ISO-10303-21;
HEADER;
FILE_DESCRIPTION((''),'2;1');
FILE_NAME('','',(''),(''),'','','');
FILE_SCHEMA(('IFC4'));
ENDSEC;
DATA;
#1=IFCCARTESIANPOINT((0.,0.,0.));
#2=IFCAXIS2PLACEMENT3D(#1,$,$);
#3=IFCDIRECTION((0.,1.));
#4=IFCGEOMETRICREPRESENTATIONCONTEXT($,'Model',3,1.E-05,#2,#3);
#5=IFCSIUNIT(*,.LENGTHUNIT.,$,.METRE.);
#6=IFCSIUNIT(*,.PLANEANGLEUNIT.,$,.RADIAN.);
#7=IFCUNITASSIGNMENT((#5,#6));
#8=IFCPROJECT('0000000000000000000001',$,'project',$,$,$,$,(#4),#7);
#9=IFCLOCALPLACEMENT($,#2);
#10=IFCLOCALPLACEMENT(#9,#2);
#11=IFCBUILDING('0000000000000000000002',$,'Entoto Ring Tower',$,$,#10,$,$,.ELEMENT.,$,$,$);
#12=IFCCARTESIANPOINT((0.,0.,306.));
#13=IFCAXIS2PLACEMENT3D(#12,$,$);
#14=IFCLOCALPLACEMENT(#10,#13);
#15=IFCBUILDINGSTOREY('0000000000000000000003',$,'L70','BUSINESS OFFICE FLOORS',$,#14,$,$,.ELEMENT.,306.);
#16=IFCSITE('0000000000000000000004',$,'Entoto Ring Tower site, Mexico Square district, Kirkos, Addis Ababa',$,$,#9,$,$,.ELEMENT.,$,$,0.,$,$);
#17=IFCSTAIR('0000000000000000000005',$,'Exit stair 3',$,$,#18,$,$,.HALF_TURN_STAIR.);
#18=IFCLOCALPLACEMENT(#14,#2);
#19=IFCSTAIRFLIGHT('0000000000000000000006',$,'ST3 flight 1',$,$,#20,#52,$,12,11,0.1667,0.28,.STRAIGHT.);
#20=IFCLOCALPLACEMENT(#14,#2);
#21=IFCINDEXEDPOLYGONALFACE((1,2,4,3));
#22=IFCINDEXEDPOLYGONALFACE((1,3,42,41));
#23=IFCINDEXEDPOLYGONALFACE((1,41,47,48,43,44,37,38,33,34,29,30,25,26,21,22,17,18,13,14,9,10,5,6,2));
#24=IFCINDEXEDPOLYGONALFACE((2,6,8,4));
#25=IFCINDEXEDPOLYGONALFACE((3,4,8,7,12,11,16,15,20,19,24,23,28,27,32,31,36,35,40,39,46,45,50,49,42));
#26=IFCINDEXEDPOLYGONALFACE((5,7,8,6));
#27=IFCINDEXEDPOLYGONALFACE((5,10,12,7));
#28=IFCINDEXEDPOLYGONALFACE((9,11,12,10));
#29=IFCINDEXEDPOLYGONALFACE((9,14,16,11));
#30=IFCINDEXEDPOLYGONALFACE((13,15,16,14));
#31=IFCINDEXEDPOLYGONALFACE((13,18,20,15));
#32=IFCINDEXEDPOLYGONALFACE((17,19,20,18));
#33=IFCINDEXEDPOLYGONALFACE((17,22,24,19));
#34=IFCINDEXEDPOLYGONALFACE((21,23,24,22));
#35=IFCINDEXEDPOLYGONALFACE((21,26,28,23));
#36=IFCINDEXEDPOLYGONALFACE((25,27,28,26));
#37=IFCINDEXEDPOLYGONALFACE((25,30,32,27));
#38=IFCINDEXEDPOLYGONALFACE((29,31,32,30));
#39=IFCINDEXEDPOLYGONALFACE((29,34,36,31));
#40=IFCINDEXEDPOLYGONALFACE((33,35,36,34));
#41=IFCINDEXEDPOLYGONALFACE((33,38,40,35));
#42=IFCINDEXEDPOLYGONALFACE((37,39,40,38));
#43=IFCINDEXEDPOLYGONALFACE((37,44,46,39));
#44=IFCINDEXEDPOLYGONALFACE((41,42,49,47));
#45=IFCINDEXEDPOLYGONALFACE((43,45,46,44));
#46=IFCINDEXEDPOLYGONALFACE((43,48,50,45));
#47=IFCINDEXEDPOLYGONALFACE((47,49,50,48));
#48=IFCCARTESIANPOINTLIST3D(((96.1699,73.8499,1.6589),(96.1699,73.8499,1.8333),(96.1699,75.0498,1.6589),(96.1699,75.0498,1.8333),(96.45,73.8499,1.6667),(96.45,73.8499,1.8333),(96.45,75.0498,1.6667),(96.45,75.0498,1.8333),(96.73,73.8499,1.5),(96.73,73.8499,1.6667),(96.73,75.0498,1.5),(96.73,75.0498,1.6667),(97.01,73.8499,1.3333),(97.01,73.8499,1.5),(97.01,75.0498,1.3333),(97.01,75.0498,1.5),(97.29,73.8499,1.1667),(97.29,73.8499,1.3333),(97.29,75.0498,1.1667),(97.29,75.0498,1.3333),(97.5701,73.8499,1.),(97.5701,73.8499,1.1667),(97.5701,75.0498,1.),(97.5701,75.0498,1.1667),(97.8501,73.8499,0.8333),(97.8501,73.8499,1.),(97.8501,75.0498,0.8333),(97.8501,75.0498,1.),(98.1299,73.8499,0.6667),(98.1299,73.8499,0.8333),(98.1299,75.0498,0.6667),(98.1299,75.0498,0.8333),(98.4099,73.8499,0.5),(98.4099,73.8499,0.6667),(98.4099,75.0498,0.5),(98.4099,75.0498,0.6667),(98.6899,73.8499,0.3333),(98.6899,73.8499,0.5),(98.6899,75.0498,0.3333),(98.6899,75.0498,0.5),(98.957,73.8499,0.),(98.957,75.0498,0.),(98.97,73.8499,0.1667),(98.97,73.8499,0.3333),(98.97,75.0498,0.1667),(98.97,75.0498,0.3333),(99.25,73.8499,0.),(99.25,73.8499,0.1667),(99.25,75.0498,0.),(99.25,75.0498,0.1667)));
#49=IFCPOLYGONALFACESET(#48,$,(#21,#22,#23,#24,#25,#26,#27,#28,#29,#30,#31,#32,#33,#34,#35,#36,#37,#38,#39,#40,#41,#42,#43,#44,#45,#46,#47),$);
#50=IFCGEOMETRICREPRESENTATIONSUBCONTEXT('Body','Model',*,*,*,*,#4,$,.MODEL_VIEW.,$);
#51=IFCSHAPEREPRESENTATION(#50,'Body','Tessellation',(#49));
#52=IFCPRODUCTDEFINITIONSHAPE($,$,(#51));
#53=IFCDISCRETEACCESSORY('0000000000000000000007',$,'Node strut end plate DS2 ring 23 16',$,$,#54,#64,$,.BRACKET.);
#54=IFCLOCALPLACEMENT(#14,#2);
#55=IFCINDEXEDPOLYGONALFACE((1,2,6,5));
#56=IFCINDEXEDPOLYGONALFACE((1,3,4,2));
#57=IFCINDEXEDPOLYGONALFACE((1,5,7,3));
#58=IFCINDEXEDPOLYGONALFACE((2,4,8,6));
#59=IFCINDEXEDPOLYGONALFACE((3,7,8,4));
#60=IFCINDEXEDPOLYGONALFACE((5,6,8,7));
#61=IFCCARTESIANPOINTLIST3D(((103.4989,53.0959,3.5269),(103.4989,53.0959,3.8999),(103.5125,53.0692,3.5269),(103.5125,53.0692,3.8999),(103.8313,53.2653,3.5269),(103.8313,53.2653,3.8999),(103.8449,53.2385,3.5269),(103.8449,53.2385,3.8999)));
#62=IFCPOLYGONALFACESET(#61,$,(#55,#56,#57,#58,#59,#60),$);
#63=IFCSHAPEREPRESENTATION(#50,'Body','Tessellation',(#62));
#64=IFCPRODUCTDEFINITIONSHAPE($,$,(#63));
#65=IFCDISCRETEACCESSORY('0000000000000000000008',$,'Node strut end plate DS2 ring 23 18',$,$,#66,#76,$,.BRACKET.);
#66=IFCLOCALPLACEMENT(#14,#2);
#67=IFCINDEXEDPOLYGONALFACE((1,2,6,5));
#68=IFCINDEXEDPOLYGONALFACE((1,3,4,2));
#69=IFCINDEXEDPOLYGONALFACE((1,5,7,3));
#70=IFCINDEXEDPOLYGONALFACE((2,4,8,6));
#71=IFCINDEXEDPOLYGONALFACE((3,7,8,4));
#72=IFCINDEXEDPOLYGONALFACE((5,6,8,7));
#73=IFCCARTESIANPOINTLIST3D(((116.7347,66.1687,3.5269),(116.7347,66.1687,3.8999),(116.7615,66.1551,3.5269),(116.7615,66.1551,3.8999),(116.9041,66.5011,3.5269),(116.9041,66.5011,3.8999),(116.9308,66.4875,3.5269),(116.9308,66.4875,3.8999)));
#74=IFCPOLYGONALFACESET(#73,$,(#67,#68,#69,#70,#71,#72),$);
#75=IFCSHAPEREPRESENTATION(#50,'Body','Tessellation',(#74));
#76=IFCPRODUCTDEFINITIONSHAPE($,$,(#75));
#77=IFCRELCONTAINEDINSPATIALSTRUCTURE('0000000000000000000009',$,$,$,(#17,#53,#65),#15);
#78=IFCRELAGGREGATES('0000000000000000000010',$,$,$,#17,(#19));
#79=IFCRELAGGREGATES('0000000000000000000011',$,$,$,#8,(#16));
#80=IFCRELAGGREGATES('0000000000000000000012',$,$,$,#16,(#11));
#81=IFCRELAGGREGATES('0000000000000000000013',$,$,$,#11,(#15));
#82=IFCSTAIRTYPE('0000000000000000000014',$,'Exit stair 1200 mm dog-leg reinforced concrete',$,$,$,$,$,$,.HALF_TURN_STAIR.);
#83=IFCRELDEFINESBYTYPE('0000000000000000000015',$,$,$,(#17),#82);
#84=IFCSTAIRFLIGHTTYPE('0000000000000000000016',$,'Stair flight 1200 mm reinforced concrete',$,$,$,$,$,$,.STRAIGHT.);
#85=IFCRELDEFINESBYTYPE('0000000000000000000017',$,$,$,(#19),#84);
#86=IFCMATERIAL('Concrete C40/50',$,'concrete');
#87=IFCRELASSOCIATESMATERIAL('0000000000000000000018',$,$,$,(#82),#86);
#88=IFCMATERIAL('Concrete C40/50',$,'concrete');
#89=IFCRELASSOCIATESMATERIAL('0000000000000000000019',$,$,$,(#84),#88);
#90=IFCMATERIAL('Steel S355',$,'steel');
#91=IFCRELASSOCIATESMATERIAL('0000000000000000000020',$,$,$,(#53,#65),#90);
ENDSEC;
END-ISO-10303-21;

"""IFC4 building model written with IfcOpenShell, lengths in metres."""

from ifc_helpers import new_model, si_unit, direction, frame, origin, origin_2d, place, context, subcontext, project, spatial, polyline, rectangle, outline, extrude, material, type_object, element, aggregate, save


model = new_model("IFC4")

# Units and contexts
model_context = context("Model", 3, precision=1e-05, world=origin(), true_north=direction((0.0, 1.0)))
body_context = subcontext(model_context, "Body", "Model", "MODEL_VIEW")
ifc_project = project(units=[si_unit("LENGTHUNIT", "METRE"), si_unit("PLANEANGLEUNIT", "RADIAN")], contexts=[model_context])

# Site, building, storey
site_placement = place(None, origin())
site = spatial("IfcSite", under=ifc_project, at=site_placement, Name="Entoto Ring Tower site, Mexico Square district, Kirkos, Addis Ababa", CompositionType="ELEMENT", RefElevation=0.0)
building_placement = place(site_placement, origin())
building = spatial("IfcBuilding", under=site, at=building_placement, Name="Entoto Ring Tower", CompositionType="ELEMENT")
storey_placement = place(building_placement, frame((0.0, 0.0, 306.0)))
storey = spatial("IfcBuildingStorey", under=building, at=storey_placement, Name="L70", Description="BUSINESS OFFICE FLOORS", CompositionType="ELEMENT", Elevation=306.0)

# Stair, stair flight
ifc_material_1 = material(Name="Concrete C40/50", Category="concrete")
stair_type = type_object("IfcStairType", Name="Exit stair 1200 mm dog-leg reinforced concrete", PredefinedType="HALF_TURN_STAIR", material=ifc_material_1)
stair_placement = place(storey_placement, origin())
stair = element("IfcStair", 1, at=stair_placement, inside=storey, type_object=stair_type, Name="Exit stair 3", PredefinedType="HALF_TURN_STAIR")
ifc_material_2 = material(Name="Concrete C40/50", Category="concrete")
stair_flight_type = type_object("IfcStairFlightType", Name="Stair flight 1200 mm reinforced concrete", PredefinedType="STRAIGHT", material=ifc_material_2)
stair_flight_placement = place(storey_placement, frame((99.25, 74.45, 0.0), z_axis=(0.0, 0.0, 1.0), x_axis=(-1.0, 0.0, 0.0)))
stair_flight = element("IfcStairFlight", 2, at=stair_flight_placement, type_object=stair_flight_type, Name="ST3 flight 1", NumberOfRisers=12, NumberOfTreads=11, PredefinedType="STRAIGHT", RiserHeight=0.1667, TreadLength=0.28, context=body_context, shape_type="SweptSolid", body=[
    extrude(outline(polyline([(0.0, 0.0), (0.0, 0.1667), (0.28, 0.1667), (0.28, 0.3333), (0.5601, 0.3333), (0.5601, 0.5), (0.8401, 0.5), (0.8401, 0.6667), (1.1201, 0.6667), (1.1201, 0.8333), (1.3999, 0.8333), (1.3999, 1.0), (1.6799, 1.0), (1.6799, 1.1667), (1.96, 1.1667), (1.96, 1.3333), (2.24, 1.3333), (2.24, 1.5), (2.52, 1.5), (2.52, 1.6667), (2.8, 1.6667), (2.8, 1.8333), (3.0801, 1.8333), (3.0801, 2.0), (3.0801, 1.6589), (0.293, 0.0), (0.0, 0.0)])), frame((0.0, 0.6001, 0.0), z_axis=(0.0, -1.0, 0.0), x_axis=(1.0, 0.0, 0.0)), (0.0, 0.0, 1.0), 1.2),
])
aggregate(stair, [stair_flight])

# Discrete accessories
ifc_material_3 = material(Name="Steel S355", Category="steel")
for number, where, z_axis, x_axis, name in (
    (3, (103.6719, 53.1672, 3.5269), (0.0, 0.0, 1.0), (0.45399, -0.891007, 0.0), "Node strut end plate DS2 ring 23 16"),
    (4, (116.8328, 66.3281, 3.5269), (0.0, 0.0, 1.0), (0.891007, -0.45399, 0.0), "Node strut end plate DS2 ring 23 18"),
):
    element("IfcDiscreteAccessory", number, at=place(storey_placement, frame(where, z_axis=z_axis, x_axis=x_axis)), inside=storey, material=ifc_material_3, Name=name, PredefinedType="BRACKET", context=body_context, shape_type="SweptSolid", body=[
        extrude(rectangle(XDim=0.03, YDim=0.373, at=origin_2d()), origin(), (0.0, 0.0, 1.0), 0.373),
    ])

save(model, "model.ifc")
